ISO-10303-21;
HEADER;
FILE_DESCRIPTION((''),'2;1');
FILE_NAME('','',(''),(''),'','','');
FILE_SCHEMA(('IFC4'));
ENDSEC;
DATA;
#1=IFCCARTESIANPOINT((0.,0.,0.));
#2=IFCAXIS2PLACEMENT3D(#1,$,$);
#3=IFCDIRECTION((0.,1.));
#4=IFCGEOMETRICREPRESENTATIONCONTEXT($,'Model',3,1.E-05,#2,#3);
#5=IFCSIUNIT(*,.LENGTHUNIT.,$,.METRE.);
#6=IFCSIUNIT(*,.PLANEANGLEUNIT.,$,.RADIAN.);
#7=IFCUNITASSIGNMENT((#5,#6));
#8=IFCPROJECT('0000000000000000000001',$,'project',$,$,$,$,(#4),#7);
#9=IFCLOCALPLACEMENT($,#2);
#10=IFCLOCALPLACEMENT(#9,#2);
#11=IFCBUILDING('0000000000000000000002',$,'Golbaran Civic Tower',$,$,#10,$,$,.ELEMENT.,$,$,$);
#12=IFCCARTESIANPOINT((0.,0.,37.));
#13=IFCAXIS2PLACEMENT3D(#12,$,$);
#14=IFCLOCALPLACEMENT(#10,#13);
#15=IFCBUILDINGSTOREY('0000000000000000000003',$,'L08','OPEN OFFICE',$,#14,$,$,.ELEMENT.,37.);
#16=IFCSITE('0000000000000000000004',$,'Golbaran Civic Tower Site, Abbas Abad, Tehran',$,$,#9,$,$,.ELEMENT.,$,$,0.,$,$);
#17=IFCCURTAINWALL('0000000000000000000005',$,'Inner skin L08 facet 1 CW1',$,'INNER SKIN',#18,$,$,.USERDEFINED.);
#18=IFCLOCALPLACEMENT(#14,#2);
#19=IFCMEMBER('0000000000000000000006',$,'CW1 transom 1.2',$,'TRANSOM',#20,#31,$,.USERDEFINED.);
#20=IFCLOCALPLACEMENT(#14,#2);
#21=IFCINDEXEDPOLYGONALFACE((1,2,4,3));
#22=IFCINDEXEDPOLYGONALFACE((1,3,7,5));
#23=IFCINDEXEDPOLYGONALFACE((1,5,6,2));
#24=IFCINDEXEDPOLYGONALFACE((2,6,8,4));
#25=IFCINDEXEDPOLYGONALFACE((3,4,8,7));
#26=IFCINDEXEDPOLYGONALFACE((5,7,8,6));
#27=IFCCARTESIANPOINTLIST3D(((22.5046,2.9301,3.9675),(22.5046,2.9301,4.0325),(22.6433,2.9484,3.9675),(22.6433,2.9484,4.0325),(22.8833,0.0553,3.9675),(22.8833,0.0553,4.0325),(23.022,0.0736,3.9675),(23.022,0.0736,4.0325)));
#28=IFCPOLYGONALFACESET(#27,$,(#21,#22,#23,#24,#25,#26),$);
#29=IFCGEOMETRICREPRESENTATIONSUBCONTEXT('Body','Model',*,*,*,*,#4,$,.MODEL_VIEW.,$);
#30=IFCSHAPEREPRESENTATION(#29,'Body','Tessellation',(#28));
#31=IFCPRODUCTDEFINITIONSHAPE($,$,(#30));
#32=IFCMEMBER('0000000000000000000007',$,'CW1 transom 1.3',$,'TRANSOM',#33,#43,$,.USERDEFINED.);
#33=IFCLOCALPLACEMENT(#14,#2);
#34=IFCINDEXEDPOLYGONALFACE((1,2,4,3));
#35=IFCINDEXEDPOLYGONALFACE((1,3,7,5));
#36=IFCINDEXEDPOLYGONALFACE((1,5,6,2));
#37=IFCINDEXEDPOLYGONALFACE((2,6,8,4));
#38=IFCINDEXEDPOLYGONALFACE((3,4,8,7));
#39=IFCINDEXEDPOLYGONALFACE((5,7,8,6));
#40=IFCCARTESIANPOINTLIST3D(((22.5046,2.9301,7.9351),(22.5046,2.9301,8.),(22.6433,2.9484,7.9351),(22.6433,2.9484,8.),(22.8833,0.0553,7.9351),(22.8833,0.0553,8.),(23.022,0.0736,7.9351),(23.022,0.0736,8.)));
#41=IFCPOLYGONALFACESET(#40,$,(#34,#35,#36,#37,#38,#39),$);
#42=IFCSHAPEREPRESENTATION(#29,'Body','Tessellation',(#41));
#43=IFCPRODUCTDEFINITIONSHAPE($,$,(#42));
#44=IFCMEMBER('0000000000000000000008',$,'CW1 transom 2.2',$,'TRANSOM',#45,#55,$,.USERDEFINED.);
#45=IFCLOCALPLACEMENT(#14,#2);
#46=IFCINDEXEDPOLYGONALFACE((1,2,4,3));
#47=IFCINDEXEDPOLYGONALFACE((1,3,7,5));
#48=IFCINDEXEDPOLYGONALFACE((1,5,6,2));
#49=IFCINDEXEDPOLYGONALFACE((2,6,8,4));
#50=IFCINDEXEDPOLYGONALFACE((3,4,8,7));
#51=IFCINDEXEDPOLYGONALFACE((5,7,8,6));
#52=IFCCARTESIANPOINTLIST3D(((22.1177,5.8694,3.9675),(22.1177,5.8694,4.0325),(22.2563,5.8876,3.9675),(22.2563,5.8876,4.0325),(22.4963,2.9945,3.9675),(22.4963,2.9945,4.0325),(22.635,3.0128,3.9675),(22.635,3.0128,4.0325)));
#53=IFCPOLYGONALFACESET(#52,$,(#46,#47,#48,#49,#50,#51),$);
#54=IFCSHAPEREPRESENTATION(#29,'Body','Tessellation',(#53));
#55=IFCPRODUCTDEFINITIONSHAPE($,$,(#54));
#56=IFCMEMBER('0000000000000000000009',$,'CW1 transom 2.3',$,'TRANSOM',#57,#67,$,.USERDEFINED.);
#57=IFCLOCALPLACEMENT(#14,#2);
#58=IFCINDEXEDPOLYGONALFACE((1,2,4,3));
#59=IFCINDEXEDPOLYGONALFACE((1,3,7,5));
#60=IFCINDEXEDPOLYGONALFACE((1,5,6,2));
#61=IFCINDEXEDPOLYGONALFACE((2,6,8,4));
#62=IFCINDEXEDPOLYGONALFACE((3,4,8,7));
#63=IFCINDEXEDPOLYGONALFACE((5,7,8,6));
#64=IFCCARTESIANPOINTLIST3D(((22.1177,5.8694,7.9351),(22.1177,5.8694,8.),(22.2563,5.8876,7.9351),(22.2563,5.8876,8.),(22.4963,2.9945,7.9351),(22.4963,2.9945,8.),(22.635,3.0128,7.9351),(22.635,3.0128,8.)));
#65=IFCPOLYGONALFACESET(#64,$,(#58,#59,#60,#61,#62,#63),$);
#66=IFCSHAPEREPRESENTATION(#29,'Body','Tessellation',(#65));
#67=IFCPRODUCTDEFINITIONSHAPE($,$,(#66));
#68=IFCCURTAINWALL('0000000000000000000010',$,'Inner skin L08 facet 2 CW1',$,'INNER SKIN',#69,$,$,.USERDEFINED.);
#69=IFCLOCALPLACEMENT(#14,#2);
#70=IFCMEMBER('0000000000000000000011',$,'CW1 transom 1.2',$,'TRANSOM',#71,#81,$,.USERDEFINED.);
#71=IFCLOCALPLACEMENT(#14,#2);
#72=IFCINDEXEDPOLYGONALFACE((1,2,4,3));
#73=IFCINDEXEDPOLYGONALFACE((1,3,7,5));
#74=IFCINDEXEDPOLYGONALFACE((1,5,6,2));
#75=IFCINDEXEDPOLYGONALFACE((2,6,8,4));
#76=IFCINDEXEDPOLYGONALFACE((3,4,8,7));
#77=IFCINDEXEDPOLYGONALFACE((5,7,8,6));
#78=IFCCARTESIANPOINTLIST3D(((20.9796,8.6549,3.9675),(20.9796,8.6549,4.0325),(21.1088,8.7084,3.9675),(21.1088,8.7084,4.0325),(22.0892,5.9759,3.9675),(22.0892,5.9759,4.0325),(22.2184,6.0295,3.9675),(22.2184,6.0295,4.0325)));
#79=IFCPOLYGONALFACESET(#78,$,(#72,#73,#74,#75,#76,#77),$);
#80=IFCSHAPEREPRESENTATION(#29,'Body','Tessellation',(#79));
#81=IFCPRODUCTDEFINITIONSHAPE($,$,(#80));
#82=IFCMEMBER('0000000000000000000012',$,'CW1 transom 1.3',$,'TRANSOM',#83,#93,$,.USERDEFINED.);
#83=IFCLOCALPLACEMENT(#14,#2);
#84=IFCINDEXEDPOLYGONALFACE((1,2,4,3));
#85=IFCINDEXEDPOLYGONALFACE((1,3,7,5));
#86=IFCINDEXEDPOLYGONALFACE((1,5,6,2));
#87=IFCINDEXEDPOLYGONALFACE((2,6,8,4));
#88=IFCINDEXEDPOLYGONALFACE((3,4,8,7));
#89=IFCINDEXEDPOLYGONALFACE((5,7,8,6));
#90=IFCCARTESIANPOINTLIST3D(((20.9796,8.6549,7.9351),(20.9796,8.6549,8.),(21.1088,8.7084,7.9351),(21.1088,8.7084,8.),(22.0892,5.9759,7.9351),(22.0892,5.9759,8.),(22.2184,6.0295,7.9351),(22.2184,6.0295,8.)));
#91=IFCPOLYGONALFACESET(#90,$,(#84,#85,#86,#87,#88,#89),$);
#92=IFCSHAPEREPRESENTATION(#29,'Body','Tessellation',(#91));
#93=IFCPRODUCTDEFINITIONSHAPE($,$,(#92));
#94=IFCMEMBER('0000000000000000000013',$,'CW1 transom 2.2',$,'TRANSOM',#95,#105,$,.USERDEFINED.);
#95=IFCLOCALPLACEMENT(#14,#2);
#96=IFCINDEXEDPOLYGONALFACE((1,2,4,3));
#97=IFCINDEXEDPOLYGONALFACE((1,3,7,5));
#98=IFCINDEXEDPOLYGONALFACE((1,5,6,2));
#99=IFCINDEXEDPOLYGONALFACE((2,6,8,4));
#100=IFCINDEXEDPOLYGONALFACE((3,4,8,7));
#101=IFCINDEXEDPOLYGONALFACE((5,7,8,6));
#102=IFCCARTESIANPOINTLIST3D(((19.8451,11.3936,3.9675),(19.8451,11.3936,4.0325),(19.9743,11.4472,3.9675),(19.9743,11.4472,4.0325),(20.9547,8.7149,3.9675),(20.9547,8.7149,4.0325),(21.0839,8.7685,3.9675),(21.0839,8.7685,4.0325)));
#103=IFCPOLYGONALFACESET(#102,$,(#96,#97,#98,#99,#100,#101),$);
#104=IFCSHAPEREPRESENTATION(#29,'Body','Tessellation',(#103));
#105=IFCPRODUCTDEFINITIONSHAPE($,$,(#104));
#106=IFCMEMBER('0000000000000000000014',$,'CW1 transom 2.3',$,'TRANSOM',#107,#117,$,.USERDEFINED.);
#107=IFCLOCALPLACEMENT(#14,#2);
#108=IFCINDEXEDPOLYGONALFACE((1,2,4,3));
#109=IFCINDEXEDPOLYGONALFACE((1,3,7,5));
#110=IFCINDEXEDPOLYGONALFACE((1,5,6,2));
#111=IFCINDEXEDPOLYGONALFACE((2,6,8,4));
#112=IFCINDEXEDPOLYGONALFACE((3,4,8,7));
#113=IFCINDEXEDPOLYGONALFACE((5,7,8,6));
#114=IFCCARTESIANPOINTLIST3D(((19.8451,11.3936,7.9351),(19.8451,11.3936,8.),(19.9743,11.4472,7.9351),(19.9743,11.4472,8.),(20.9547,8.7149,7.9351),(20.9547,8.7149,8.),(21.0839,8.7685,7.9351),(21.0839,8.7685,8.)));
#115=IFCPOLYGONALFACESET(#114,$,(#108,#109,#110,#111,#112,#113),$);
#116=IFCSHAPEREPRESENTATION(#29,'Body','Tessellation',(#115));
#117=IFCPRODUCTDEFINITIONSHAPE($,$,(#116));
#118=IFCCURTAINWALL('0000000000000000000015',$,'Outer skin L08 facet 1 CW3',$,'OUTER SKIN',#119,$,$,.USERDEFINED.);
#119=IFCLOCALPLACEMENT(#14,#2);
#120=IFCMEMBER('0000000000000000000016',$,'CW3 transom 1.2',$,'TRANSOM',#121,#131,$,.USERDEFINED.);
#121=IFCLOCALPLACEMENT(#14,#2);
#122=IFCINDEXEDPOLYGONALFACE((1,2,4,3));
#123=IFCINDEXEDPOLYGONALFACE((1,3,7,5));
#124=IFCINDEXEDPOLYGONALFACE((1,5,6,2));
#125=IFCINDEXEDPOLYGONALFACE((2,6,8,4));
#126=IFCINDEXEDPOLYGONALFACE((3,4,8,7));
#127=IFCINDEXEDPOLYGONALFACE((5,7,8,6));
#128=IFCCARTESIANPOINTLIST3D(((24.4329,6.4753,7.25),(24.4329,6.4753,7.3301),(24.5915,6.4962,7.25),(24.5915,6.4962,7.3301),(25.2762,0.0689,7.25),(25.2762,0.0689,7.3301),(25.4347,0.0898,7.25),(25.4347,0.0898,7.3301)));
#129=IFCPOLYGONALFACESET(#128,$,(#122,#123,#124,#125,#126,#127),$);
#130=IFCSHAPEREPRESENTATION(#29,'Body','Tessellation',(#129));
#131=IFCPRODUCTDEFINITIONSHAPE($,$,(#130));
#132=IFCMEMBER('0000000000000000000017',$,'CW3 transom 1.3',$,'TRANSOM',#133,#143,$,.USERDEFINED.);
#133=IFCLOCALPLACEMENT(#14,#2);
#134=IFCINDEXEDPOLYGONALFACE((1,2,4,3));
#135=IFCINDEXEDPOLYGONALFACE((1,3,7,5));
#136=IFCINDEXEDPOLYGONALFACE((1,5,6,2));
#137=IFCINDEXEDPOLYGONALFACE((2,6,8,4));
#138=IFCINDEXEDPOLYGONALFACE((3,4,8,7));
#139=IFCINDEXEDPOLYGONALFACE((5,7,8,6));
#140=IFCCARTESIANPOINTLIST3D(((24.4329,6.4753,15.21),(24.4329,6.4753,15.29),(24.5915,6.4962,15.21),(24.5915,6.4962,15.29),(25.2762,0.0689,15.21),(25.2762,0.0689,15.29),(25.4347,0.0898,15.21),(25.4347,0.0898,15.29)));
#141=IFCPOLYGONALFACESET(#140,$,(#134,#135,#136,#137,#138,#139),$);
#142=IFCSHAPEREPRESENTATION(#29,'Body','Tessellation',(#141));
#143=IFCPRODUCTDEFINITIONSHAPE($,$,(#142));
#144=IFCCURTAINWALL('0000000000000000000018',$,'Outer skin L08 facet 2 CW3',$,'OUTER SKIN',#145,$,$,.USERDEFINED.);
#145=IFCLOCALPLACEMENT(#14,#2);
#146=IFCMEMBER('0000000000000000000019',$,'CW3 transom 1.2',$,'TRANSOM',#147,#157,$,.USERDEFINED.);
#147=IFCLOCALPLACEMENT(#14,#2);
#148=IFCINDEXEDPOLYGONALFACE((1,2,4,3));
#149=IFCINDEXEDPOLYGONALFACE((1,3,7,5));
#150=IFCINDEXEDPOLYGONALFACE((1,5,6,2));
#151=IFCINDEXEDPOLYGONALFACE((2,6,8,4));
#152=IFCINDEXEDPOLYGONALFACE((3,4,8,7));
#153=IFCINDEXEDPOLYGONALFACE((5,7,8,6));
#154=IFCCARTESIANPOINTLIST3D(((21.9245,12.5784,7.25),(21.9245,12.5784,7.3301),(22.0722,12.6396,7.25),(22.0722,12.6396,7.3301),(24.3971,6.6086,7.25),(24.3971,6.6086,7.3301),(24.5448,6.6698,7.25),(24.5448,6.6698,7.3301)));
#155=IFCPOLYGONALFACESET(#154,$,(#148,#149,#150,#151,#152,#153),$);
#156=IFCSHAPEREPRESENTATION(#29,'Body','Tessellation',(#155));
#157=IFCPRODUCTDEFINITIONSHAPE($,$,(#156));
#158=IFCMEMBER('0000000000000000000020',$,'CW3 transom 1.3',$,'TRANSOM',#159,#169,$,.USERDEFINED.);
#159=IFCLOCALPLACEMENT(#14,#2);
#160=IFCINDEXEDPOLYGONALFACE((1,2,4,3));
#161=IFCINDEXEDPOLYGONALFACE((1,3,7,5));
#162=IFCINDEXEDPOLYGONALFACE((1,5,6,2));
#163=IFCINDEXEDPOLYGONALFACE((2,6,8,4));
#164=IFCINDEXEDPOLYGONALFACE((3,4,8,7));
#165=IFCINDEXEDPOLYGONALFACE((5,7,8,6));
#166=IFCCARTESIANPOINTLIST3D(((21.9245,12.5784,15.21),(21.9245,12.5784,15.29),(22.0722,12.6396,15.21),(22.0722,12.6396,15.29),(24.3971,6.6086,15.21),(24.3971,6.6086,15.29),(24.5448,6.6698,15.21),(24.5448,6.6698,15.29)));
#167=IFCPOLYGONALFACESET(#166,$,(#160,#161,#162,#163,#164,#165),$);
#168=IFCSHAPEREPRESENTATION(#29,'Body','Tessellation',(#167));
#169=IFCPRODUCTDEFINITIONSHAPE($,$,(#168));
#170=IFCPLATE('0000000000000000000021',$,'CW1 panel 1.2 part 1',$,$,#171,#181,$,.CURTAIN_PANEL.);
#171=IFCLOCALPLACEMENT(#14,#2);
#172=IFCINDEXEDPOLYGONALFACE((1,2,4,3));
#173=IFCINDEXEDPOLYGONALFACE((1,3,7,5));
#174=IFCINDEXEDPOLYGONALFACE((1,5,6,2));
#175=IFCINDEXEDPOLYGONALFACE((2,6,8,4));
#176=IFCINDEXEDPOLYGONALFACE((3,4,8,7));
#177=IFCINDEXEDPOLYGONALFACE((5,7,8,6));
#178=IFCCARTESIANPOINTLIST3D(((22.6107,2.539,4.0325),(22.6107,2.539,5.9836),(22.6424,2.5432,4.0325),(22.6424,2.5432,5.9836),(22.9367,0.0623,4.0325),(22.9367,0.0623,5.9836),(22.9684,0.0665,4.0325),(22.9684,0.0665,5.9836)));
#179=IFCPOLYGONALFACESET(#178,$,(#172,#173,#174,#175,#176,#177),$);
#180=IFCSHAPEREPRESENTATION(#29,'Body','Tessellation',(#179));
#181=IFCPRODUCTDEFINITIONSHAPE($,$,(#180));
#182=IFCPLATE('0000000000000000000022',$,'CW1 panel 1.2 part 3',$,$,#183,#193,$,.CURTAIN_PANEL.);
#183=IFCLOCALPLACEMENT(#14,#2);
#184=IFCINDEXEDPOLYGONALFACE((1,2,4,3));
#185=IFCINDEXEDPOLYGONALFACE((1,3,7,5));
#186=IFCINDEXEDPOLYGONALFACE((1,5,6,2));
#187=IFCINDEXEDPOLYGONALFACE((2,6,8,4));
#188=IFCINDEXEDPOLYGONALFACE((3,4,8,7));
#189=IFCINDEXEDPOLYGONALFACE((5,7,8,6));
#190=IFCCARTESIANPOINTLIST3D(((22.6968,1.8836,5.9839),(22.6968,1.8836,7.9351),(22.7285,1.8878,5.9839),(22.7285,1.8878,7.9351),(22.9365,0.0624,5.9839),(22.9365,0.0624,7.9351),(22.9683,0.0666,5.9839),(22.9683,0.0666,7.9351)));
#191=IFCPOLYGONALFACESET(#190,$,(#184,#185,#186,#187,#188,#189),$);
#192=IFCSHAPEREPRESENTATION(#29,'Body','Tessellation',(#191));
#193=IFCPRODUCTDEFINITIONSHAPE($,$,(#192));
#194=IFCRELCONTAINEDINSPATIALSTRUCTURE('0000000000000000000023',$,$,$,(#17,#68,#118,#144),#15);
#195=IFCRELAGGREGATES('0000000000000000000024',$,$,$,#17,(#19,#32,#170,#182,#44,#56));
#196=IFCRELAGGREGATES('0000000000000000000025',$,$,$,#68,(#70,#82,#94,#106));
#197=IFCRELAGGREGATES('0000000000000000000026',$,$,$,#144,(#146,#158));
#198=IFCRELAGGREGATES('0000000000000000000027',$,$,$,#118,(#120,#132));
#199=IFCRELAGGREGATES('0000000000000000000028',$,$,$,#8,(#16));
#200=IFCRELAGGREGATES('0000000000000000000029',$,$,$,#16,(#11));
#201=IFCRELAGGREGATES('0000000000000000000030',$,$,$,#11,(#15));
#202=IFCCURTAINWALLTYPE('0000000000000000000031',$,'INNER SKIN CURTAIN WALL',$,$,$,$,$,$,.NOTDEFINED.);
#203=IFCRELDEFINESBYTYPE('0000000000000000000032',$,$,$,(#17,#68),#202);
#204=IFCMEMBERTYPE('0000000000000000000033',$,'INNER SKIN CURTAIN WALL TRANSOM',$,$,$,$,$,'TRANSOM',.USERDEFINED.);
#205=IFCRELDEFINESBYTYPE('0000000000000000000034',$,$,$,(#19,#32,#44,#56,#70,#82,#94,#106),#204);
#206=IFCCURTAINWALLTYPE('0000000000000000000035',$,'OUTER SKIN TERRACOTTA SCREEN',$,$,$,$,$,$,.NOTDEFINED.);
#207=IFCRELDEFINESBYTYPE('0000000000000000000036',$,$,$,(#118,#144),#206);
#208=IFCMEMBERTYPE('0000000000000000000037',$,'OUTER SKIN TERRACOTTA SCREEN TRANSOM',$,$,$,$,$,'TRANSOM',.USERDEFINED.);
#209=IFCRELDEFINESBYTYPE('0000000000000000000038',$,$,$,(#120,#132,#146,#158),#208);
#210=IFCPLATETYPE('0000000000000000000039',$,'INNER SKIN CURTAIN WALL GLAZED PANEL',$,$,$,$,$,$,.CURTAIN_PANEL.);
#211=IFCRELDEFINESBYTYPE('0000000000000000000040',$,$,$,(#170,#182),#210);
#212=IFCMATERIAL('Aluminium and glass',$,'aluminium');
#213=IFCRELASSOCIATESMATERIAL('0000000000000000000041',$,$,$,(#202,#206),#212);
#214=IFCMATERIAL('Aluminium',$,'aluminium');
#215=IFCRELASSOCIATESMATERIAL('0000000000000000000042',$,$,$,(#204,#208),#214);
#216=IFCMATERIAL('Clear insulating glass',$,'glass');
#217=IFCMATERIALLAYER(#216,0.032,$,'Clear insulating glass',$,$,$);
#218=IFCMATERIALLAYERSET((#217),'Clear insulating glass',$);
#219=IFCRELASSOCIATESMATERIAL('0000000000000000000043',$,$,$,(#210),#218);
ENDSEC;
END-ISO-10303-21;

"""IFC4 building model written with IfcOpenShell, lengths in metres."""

from ifc_helpers import new_model, si_unit, direction, frame, origin, origin_2d, place, context, subcontext, project, spatial, rectangle, extrude, material, layer, layer_set, material_profile, profile_set, type_object, element, aggregate, save


model = new_model("IFC4")

# Units and contexts
model_context = context("Model", 3, precision=1e-05, world=origin(), true_north=direction((0.0, 1.0)))
body_context = subcontext(model_context, "Body", "Model", "MODEL_VIEW")
ifc_project = project(units=[si_unit("LENGTHUNIT", "METRE"), si_unit("PLANEANGLEUNIT", "RADIAN")], contexts=[model_context])

# Site, building, storey
site_placement = place(None, origin())
site = spatial("IfcSite", under=ifc_project, at=site_placement, Name="Golbaran Civic Tower Site, Abbas Abad, Tehran", CompositionType="ELEMENT", RefElevation=0.0)
building_placement = place(site_placement, origin())
building = spatial("IfcBuilding", under=site, at=building_placement, Name="Golbaran Civic Tower", CompositionType="ELEMENT")
storey_placement = place(building_placement, frame((0.0, 0.0, 37.0)))
storey = spatial("IfcBuildingStorey", under=building, at=storey_placement, Name="L08", Description="OPEN OFFICE", CompositionType="ELEMENT", Elevation=37.0)

# Curtain walls, members
ifc_material_1 = material(Name="Aluminium and glass", Category="aluminium")
curtain_wall_type_1 = type_object("IfcCurtainWallType", Name="INNER SKIN CURTAIN WALL", PredefinedType="NOTDEFINED", material=ifc_material_1)
curtain_wall_1_placement = place(storey_placement, origin())
curtain_wall_1 = element("IfcCurtainWall", 1, at=curtain_wall_1_placement, inside=storey, type_object=curtain_wall_type_1, Name="Inner skin L08 facet 1 CW1", ObjectType="INNER SKIN", PredefinedType="USERDEFINED")
ifc_material_2 = material(Name="Aluminium", Category="aluminium")
ifc_material_profile_1 = material_profile(ifc_material_2, rectangle(XDim=0.1399, YDim=0.0649, at=origin_2d()), Name="INNER SKIN CURTAIN WALL TRANSOM")
ifc_profile_set_1 = profile_set([ifc_material_profile_1], Name="Aluminium")
member_type_1 = type_object("IfcMemberType", Name="INNER SKIN CURTAIN WALL TRANSOM", ElementType="TRANSOM", PredefinedType="USERDEFINED", material=ifc_profile_set_1)
member_1_placement = place(storey_placement, frame((22.9526, 0.0645, 4.0), z_axis=(-0.130592, 0.991436, 0.0), x_axis=(-0.991436, -0.130592, 0.0)))
member_1 = element("IfcMember", 2, at=member_1_placement, type_object=member_type_1, Name="CW1 transom 1.2", ObjectType="TRANSOM", PredefinedType="USERDEFINED", context=body_context, shape_type="SweptSolid", body=[
    extrude(rectangle(XDim=0.1399, YDim=0.0649, at=origin_2d()), origin(), (0.0, 0.0, 1.0), 2.8997),
])
member_2_placement = place(storey_placement, frame((22.9526, 0.0645, 7.9675), z_axis=(-0.130592, 0.991436, 0.0), x_axis=(-0.991436, -0.130592, 0.0)))
member_2 = element("IfcMember", 3, at=member_2_placement, type_object=member_type_1, Name="CW1 transom 1.3", ObjectType="TRANSOM", PredefinedType="USERDEFINED", context=body_context, shape_type="SweptSolid", body=[
    extrude(rectangle(XDim=0.1399, YDim=0.0649, at=origin_2d()), origin(), (0.0, 0.0, 1.0), 2.8997),
])
member_3_placement = place(storey_placement, frame((22.5657, 3.0037, 4.0), z_axis=(-0.130592, 0.991436, 0.0), x_axis=(-0.991436, -0.130592, 0.0)))
member_3 = element("IfcMember", 4, at=member_3_placement, type_object=member_type_1, Name="CW1 transom 2.2", ObjectType="TRANSOM", PredefinedType="USERDEFINED", context=body_context, shape_type="SweptSolid", body=[
    extrude(rectangle(XDim=0.1399, YDim=0.0649, at=origin_2d()), origin(), (0.0, 0.0, 1.0), 2.8997),
])
member_4_placement = place(storey_placement, frame((22.5657, 3.0037, 7.9675), z_axis=(-0.130592, 0.991436, 0.0), x_axis=(-0.991436, -0.130592, 0.0)))
member_4 = element("IfcMember", 5, at=member_4_placement, type_object=member_type_1, Name="CW1 transom 2.3", ObjectType="TRANSOM", PredefinedType="USERDEFINED", context=body_context, shape_type="SweptSolid", body=[
    extrude(rectangle(XDim=0.1399, YDim=0.0649, at=origin_2d()), origin(), (0.0, 0.0, 1.0), 2.8997),
])
curtain_wall_2_placement = place(storey_placement, origin())
curtain_wall_2 = element("IfcCurtainWall", 6, at=curtain_wall_2_placement, inside=storey, type_object=curtain_wall_type_1, Name="Inner skin L08 facet 2 CW1", ObjectType="INNER SKIN", PredefinedType="USERDEFINED")
member_5_placement = place(storey_placement, frame((22.1538, 6.0027, 4.0), z_axis=(-0.382672, 0.923884, 0.0), x_axis=(-0.923884, -0.382672, 0.0)))
member_5 = element("IfcMember", 7, at=member_5_placement, type_object=member_type_1, Name="CW1 transom 1.2", ObjectType="TRANSOM", PredefinedType="USERDEFINED", context=body_context, shape_type="SweptSolid", body=[
    extrude(rectangle(XDim=0.1399, YDim=0.0649, at=origin_2d()), origin(), (0.0, 0.0, 1.0), 2.8997),
])
member_6_placement = place(storey_placement, frame((22.1538, 6.0027, 7.9675), z_axis=(-0.382672, 0.923884, 0.0), x_axis=(-0.923884, -0.382672, 0.0)))
member_6 = element("IfcMember", 8, at=member_6_placement, type_object=member_type_1, Name="CW1 transom 1.3", ObjectType="TRANSOM", PredefinedType="USERDEFINED", context=body_context, shape_type="SweptSolid", body=[
    extrude(rectangle(XDim=0.1399, YDim=0.0649, at=origin_2d()), origin(), (0.0, 0.0, 1.0), 2.8997),
])
member_7_placement = place(storey_placement, frame((21.0193, 8.7417, 4.0), z_axis=(-0.382701, 0.923872, 0.0), x_axis=(-0.923872, -0.382701, 0.0)))
member_7 = element("IfcMember", 9, at=member_7_placement, type_object=member_type_1, Name="CW1 transom 2.2", ObjectType="TRANSOM", PredefinedType="USERDEFINED", context=body_context, shape_type="SweptSolid", body=[
    extrude(rectangle(XDim=0.1399, YDim=0.0649, at=origin_2d()), origin(), (0.0, 0.0, 1.0), 2.8994),
])
member_8_placement = place(storey_placement, frame((21.0193, 8.7417, 7.9675), z_axis=(-0.382701, 0.923872, 0.0), x_axis=(-0.923872, -0.382701, 0.0)))
member_8 = element("IfcMember", 10, at=member_8_placement, type_object=member_type_1, Name="CW1 transom 2.3", ObjectType="TRANSOM", PredefinedType="USERDEFINED", context=body_context, shape_type="SweptSolid", body=[
    extrude(rectangle(XDim=0.1399, YDim=0.0649, at=origin_2d()), origin(), (0.0, 0.0, 1.0), 2.8994),
])
curtain_wall_type_2 = type_object("IfcCurtainWallType", Name="OUTER SKIN TERRACOTTA SCREEN", PredefinedType="NOTDEFINED", material=ifc_material_1)
curtain_wall_3_placement = place(storey_placement, origin())
curtain_wall_3 = element("IfcCurtainWall", 11, at=curtain_wall_3_placement, inside=storey, type_object=curtain_wall_type_2, Name="Outer skin L08 facet 1 CW3", ObjectType="OUTER SKIN", PredefinedType="USERDEFINED")
ifc_material_profile_2 = material_profile(ifc_material_2, rectangle(XDim=0.1599, YDim=0.0801, at=origin_2d()), Name="OUTER SKIN TERRACOTTA SCREEN TRANSOM")
ifc_profile_set_2 = profile_set([ifc_material_profile_2], Name="Aluminium")
member_type_2 = type_object("IfcMemberType", Name="OUTER SKIN TERRACOTTA SCREEN TRANSOM", ElementType="TRANSOM", PredefinedType="USERDEFINED", material=ifc_profile_set_2)
member_9_placement = place(storey_placement, frame((25.3555, 0.0793, 7.29), z_axis=(-0.1305, 0.991448, 0.0), x_axis=(-0.991448, -0.1305, 0.0)))
member_9 = element("IfcMember", 12, at=member_9_placement, type_object=member_type_2, Name="CW3 transom 1.2", ObjectType="TRANSOM", PredefinedType="USERDEFINED", context=body_context, shape_type="SweptSolid", body=[
    extrude(rectangle(XDim=0.1599, YDim=0.0801, at=origin_2d()), origin(), (0.0, 0.0, 1.0), 6.4617),
])
member_10_placement = place(storey_placement, frame((25.3555, 0.0793, 15.25), z_axis=(-0.1305, 0.991448, 0.0), x_axis=(-0.991448, -0.1305, 0.0)))
member_10 = element("IfcMember", 13, at=member_10_placement, type_object=member_type_2, Name="CW3 transom 1.3", ObjectType="TRANSOM", PredefinedType="USERDEFINED", context=body_context, shape_type="SweptSolid", body=[
    extrude(rectangle(XDim=0.1599, YDim=0.0801, at=origin_2d()), origin(), (0.0, 0.0, 1.0), 6.4617),
])
curtain_wall_4_placement = place(storey_placement, origin())
curtain_wall_4 = element("IfcCurtainWall", 14, at=curtain_wall_4_placement, inside=storey, type_object=curtain_wall_type_2, Name="Outer skin L08 facet 2 CW3", ObjectType="OUTER SKIN", PredefinedType="USERDEFINED")
member_11_placement = place(storey_placement, frame((24.4709, 6.6392, 7.29), z_axis=(-0.382659, 0.92389, 0.0), x_axis=(-0.92389, -0.382659, 0.0)))
member_11 = element("IfcMember", 15, at=member_11_placement, type_object=member_type_2, Name="CW3 transom 1.2", ObjectType="TRANSOM", PredefinedType="USERDEFINED", context=body_context, shape_type="SweptSolid", body=[
    extrude(rectangle(XDim=0.1599, YDim=0.0801, at=origin_2d()), origin(), (0.0, 0.0, 1.0), 6.4617),
])
member_12_placement = place(storey_placement, frame((24.4709, 6.6392, 15.25), z_axis=(-0.382659, 0.92389, 0.0), x_axis=(-0.92389, -0.382659, 0.0)))
member_12 = element("IfcMember", 16, at=member_12_placement, type_object=member_type_2, Name="CW3 transom 1.3", ObjectType="TRANSOM", PredefinedType="USERDEFINED", context=body_context, shape_type="SweptSolid", body=[
    extrude(rectangle(XDim=0.1599, YDim=0.0801, at=origin_2d()), origin(), (0.0, 0.0, 1.0), 6.4617),
])

# Plates
ifc_material_3 = material(Name="Clear insulating glass", Category="glass")
ifc_layer_1 = layer(ifc_material_3, 0.032, Name="Clear insulating glass")
ifc_layer_set_1 = layer_set([ifc_layer_1], Name="Clear insulating glass")
plate_type_1 = type_object("IfcPlateType", Name="INNER SKIN CURTAIN WALL GLAZED PANEL", PredefinedType="CURTAIN_PANEL", material=ifc_layer_set_1)
plate_1_placement = place(storey_placement, frame((22.7896, 1.3027, 4.0325), z_axis=(0.0, 0.0, 1.0), x_axis=(-0.130526, 0.991445, 0.0)))
plate_1 = element("IfcPlate", 17, at=plate_1_placement, type_object=plate_type_1, Name="CW1 panel 1.2 part 1", PredefinedType="CURTAIN_PANEL", context=body_context, shape_type="SweptSolid", body=[
    extrude(rectangle(XDim=2.498, YDim=0.032, at=origin_2d()), origin(), (0.0, 0.0, 1.0), 1.9512),
])
plate_2_placement = place(storey_placement, frame((22.8325, 0.9751, 5.9839), z_axis=(0.0, 0.0, 1.0), x_axis=(-0.130526, 0.991445, 0.0)))
plate_2 = element("IfcPlate", 18, at=plate_2_placement, type_object=plate_type_1, Name="CW1 panel 1.2 part 3", PredefinedType="CURTAIN_PANEL", context=body_context, shape_type="SweptSolid", body=[
    extrude(rectangle(XDim=1.8369, YDim=0.032, at=origin_2d()), origin(), (0.0, 0.0, 1.0), 1.9512),
])
aggregate(curtain_wall_1, [member_1, member_2, plate_1, plate_2, member_3, member_4])
aggregate(curtain_wall_2, [member_5, member_6, member_7, member_8])
aggregate(curtain_wall_4, [member_11, member_12])
aggregate(curtain_wall_3, [member_9, member_10])

save(model, "model.ifc")
